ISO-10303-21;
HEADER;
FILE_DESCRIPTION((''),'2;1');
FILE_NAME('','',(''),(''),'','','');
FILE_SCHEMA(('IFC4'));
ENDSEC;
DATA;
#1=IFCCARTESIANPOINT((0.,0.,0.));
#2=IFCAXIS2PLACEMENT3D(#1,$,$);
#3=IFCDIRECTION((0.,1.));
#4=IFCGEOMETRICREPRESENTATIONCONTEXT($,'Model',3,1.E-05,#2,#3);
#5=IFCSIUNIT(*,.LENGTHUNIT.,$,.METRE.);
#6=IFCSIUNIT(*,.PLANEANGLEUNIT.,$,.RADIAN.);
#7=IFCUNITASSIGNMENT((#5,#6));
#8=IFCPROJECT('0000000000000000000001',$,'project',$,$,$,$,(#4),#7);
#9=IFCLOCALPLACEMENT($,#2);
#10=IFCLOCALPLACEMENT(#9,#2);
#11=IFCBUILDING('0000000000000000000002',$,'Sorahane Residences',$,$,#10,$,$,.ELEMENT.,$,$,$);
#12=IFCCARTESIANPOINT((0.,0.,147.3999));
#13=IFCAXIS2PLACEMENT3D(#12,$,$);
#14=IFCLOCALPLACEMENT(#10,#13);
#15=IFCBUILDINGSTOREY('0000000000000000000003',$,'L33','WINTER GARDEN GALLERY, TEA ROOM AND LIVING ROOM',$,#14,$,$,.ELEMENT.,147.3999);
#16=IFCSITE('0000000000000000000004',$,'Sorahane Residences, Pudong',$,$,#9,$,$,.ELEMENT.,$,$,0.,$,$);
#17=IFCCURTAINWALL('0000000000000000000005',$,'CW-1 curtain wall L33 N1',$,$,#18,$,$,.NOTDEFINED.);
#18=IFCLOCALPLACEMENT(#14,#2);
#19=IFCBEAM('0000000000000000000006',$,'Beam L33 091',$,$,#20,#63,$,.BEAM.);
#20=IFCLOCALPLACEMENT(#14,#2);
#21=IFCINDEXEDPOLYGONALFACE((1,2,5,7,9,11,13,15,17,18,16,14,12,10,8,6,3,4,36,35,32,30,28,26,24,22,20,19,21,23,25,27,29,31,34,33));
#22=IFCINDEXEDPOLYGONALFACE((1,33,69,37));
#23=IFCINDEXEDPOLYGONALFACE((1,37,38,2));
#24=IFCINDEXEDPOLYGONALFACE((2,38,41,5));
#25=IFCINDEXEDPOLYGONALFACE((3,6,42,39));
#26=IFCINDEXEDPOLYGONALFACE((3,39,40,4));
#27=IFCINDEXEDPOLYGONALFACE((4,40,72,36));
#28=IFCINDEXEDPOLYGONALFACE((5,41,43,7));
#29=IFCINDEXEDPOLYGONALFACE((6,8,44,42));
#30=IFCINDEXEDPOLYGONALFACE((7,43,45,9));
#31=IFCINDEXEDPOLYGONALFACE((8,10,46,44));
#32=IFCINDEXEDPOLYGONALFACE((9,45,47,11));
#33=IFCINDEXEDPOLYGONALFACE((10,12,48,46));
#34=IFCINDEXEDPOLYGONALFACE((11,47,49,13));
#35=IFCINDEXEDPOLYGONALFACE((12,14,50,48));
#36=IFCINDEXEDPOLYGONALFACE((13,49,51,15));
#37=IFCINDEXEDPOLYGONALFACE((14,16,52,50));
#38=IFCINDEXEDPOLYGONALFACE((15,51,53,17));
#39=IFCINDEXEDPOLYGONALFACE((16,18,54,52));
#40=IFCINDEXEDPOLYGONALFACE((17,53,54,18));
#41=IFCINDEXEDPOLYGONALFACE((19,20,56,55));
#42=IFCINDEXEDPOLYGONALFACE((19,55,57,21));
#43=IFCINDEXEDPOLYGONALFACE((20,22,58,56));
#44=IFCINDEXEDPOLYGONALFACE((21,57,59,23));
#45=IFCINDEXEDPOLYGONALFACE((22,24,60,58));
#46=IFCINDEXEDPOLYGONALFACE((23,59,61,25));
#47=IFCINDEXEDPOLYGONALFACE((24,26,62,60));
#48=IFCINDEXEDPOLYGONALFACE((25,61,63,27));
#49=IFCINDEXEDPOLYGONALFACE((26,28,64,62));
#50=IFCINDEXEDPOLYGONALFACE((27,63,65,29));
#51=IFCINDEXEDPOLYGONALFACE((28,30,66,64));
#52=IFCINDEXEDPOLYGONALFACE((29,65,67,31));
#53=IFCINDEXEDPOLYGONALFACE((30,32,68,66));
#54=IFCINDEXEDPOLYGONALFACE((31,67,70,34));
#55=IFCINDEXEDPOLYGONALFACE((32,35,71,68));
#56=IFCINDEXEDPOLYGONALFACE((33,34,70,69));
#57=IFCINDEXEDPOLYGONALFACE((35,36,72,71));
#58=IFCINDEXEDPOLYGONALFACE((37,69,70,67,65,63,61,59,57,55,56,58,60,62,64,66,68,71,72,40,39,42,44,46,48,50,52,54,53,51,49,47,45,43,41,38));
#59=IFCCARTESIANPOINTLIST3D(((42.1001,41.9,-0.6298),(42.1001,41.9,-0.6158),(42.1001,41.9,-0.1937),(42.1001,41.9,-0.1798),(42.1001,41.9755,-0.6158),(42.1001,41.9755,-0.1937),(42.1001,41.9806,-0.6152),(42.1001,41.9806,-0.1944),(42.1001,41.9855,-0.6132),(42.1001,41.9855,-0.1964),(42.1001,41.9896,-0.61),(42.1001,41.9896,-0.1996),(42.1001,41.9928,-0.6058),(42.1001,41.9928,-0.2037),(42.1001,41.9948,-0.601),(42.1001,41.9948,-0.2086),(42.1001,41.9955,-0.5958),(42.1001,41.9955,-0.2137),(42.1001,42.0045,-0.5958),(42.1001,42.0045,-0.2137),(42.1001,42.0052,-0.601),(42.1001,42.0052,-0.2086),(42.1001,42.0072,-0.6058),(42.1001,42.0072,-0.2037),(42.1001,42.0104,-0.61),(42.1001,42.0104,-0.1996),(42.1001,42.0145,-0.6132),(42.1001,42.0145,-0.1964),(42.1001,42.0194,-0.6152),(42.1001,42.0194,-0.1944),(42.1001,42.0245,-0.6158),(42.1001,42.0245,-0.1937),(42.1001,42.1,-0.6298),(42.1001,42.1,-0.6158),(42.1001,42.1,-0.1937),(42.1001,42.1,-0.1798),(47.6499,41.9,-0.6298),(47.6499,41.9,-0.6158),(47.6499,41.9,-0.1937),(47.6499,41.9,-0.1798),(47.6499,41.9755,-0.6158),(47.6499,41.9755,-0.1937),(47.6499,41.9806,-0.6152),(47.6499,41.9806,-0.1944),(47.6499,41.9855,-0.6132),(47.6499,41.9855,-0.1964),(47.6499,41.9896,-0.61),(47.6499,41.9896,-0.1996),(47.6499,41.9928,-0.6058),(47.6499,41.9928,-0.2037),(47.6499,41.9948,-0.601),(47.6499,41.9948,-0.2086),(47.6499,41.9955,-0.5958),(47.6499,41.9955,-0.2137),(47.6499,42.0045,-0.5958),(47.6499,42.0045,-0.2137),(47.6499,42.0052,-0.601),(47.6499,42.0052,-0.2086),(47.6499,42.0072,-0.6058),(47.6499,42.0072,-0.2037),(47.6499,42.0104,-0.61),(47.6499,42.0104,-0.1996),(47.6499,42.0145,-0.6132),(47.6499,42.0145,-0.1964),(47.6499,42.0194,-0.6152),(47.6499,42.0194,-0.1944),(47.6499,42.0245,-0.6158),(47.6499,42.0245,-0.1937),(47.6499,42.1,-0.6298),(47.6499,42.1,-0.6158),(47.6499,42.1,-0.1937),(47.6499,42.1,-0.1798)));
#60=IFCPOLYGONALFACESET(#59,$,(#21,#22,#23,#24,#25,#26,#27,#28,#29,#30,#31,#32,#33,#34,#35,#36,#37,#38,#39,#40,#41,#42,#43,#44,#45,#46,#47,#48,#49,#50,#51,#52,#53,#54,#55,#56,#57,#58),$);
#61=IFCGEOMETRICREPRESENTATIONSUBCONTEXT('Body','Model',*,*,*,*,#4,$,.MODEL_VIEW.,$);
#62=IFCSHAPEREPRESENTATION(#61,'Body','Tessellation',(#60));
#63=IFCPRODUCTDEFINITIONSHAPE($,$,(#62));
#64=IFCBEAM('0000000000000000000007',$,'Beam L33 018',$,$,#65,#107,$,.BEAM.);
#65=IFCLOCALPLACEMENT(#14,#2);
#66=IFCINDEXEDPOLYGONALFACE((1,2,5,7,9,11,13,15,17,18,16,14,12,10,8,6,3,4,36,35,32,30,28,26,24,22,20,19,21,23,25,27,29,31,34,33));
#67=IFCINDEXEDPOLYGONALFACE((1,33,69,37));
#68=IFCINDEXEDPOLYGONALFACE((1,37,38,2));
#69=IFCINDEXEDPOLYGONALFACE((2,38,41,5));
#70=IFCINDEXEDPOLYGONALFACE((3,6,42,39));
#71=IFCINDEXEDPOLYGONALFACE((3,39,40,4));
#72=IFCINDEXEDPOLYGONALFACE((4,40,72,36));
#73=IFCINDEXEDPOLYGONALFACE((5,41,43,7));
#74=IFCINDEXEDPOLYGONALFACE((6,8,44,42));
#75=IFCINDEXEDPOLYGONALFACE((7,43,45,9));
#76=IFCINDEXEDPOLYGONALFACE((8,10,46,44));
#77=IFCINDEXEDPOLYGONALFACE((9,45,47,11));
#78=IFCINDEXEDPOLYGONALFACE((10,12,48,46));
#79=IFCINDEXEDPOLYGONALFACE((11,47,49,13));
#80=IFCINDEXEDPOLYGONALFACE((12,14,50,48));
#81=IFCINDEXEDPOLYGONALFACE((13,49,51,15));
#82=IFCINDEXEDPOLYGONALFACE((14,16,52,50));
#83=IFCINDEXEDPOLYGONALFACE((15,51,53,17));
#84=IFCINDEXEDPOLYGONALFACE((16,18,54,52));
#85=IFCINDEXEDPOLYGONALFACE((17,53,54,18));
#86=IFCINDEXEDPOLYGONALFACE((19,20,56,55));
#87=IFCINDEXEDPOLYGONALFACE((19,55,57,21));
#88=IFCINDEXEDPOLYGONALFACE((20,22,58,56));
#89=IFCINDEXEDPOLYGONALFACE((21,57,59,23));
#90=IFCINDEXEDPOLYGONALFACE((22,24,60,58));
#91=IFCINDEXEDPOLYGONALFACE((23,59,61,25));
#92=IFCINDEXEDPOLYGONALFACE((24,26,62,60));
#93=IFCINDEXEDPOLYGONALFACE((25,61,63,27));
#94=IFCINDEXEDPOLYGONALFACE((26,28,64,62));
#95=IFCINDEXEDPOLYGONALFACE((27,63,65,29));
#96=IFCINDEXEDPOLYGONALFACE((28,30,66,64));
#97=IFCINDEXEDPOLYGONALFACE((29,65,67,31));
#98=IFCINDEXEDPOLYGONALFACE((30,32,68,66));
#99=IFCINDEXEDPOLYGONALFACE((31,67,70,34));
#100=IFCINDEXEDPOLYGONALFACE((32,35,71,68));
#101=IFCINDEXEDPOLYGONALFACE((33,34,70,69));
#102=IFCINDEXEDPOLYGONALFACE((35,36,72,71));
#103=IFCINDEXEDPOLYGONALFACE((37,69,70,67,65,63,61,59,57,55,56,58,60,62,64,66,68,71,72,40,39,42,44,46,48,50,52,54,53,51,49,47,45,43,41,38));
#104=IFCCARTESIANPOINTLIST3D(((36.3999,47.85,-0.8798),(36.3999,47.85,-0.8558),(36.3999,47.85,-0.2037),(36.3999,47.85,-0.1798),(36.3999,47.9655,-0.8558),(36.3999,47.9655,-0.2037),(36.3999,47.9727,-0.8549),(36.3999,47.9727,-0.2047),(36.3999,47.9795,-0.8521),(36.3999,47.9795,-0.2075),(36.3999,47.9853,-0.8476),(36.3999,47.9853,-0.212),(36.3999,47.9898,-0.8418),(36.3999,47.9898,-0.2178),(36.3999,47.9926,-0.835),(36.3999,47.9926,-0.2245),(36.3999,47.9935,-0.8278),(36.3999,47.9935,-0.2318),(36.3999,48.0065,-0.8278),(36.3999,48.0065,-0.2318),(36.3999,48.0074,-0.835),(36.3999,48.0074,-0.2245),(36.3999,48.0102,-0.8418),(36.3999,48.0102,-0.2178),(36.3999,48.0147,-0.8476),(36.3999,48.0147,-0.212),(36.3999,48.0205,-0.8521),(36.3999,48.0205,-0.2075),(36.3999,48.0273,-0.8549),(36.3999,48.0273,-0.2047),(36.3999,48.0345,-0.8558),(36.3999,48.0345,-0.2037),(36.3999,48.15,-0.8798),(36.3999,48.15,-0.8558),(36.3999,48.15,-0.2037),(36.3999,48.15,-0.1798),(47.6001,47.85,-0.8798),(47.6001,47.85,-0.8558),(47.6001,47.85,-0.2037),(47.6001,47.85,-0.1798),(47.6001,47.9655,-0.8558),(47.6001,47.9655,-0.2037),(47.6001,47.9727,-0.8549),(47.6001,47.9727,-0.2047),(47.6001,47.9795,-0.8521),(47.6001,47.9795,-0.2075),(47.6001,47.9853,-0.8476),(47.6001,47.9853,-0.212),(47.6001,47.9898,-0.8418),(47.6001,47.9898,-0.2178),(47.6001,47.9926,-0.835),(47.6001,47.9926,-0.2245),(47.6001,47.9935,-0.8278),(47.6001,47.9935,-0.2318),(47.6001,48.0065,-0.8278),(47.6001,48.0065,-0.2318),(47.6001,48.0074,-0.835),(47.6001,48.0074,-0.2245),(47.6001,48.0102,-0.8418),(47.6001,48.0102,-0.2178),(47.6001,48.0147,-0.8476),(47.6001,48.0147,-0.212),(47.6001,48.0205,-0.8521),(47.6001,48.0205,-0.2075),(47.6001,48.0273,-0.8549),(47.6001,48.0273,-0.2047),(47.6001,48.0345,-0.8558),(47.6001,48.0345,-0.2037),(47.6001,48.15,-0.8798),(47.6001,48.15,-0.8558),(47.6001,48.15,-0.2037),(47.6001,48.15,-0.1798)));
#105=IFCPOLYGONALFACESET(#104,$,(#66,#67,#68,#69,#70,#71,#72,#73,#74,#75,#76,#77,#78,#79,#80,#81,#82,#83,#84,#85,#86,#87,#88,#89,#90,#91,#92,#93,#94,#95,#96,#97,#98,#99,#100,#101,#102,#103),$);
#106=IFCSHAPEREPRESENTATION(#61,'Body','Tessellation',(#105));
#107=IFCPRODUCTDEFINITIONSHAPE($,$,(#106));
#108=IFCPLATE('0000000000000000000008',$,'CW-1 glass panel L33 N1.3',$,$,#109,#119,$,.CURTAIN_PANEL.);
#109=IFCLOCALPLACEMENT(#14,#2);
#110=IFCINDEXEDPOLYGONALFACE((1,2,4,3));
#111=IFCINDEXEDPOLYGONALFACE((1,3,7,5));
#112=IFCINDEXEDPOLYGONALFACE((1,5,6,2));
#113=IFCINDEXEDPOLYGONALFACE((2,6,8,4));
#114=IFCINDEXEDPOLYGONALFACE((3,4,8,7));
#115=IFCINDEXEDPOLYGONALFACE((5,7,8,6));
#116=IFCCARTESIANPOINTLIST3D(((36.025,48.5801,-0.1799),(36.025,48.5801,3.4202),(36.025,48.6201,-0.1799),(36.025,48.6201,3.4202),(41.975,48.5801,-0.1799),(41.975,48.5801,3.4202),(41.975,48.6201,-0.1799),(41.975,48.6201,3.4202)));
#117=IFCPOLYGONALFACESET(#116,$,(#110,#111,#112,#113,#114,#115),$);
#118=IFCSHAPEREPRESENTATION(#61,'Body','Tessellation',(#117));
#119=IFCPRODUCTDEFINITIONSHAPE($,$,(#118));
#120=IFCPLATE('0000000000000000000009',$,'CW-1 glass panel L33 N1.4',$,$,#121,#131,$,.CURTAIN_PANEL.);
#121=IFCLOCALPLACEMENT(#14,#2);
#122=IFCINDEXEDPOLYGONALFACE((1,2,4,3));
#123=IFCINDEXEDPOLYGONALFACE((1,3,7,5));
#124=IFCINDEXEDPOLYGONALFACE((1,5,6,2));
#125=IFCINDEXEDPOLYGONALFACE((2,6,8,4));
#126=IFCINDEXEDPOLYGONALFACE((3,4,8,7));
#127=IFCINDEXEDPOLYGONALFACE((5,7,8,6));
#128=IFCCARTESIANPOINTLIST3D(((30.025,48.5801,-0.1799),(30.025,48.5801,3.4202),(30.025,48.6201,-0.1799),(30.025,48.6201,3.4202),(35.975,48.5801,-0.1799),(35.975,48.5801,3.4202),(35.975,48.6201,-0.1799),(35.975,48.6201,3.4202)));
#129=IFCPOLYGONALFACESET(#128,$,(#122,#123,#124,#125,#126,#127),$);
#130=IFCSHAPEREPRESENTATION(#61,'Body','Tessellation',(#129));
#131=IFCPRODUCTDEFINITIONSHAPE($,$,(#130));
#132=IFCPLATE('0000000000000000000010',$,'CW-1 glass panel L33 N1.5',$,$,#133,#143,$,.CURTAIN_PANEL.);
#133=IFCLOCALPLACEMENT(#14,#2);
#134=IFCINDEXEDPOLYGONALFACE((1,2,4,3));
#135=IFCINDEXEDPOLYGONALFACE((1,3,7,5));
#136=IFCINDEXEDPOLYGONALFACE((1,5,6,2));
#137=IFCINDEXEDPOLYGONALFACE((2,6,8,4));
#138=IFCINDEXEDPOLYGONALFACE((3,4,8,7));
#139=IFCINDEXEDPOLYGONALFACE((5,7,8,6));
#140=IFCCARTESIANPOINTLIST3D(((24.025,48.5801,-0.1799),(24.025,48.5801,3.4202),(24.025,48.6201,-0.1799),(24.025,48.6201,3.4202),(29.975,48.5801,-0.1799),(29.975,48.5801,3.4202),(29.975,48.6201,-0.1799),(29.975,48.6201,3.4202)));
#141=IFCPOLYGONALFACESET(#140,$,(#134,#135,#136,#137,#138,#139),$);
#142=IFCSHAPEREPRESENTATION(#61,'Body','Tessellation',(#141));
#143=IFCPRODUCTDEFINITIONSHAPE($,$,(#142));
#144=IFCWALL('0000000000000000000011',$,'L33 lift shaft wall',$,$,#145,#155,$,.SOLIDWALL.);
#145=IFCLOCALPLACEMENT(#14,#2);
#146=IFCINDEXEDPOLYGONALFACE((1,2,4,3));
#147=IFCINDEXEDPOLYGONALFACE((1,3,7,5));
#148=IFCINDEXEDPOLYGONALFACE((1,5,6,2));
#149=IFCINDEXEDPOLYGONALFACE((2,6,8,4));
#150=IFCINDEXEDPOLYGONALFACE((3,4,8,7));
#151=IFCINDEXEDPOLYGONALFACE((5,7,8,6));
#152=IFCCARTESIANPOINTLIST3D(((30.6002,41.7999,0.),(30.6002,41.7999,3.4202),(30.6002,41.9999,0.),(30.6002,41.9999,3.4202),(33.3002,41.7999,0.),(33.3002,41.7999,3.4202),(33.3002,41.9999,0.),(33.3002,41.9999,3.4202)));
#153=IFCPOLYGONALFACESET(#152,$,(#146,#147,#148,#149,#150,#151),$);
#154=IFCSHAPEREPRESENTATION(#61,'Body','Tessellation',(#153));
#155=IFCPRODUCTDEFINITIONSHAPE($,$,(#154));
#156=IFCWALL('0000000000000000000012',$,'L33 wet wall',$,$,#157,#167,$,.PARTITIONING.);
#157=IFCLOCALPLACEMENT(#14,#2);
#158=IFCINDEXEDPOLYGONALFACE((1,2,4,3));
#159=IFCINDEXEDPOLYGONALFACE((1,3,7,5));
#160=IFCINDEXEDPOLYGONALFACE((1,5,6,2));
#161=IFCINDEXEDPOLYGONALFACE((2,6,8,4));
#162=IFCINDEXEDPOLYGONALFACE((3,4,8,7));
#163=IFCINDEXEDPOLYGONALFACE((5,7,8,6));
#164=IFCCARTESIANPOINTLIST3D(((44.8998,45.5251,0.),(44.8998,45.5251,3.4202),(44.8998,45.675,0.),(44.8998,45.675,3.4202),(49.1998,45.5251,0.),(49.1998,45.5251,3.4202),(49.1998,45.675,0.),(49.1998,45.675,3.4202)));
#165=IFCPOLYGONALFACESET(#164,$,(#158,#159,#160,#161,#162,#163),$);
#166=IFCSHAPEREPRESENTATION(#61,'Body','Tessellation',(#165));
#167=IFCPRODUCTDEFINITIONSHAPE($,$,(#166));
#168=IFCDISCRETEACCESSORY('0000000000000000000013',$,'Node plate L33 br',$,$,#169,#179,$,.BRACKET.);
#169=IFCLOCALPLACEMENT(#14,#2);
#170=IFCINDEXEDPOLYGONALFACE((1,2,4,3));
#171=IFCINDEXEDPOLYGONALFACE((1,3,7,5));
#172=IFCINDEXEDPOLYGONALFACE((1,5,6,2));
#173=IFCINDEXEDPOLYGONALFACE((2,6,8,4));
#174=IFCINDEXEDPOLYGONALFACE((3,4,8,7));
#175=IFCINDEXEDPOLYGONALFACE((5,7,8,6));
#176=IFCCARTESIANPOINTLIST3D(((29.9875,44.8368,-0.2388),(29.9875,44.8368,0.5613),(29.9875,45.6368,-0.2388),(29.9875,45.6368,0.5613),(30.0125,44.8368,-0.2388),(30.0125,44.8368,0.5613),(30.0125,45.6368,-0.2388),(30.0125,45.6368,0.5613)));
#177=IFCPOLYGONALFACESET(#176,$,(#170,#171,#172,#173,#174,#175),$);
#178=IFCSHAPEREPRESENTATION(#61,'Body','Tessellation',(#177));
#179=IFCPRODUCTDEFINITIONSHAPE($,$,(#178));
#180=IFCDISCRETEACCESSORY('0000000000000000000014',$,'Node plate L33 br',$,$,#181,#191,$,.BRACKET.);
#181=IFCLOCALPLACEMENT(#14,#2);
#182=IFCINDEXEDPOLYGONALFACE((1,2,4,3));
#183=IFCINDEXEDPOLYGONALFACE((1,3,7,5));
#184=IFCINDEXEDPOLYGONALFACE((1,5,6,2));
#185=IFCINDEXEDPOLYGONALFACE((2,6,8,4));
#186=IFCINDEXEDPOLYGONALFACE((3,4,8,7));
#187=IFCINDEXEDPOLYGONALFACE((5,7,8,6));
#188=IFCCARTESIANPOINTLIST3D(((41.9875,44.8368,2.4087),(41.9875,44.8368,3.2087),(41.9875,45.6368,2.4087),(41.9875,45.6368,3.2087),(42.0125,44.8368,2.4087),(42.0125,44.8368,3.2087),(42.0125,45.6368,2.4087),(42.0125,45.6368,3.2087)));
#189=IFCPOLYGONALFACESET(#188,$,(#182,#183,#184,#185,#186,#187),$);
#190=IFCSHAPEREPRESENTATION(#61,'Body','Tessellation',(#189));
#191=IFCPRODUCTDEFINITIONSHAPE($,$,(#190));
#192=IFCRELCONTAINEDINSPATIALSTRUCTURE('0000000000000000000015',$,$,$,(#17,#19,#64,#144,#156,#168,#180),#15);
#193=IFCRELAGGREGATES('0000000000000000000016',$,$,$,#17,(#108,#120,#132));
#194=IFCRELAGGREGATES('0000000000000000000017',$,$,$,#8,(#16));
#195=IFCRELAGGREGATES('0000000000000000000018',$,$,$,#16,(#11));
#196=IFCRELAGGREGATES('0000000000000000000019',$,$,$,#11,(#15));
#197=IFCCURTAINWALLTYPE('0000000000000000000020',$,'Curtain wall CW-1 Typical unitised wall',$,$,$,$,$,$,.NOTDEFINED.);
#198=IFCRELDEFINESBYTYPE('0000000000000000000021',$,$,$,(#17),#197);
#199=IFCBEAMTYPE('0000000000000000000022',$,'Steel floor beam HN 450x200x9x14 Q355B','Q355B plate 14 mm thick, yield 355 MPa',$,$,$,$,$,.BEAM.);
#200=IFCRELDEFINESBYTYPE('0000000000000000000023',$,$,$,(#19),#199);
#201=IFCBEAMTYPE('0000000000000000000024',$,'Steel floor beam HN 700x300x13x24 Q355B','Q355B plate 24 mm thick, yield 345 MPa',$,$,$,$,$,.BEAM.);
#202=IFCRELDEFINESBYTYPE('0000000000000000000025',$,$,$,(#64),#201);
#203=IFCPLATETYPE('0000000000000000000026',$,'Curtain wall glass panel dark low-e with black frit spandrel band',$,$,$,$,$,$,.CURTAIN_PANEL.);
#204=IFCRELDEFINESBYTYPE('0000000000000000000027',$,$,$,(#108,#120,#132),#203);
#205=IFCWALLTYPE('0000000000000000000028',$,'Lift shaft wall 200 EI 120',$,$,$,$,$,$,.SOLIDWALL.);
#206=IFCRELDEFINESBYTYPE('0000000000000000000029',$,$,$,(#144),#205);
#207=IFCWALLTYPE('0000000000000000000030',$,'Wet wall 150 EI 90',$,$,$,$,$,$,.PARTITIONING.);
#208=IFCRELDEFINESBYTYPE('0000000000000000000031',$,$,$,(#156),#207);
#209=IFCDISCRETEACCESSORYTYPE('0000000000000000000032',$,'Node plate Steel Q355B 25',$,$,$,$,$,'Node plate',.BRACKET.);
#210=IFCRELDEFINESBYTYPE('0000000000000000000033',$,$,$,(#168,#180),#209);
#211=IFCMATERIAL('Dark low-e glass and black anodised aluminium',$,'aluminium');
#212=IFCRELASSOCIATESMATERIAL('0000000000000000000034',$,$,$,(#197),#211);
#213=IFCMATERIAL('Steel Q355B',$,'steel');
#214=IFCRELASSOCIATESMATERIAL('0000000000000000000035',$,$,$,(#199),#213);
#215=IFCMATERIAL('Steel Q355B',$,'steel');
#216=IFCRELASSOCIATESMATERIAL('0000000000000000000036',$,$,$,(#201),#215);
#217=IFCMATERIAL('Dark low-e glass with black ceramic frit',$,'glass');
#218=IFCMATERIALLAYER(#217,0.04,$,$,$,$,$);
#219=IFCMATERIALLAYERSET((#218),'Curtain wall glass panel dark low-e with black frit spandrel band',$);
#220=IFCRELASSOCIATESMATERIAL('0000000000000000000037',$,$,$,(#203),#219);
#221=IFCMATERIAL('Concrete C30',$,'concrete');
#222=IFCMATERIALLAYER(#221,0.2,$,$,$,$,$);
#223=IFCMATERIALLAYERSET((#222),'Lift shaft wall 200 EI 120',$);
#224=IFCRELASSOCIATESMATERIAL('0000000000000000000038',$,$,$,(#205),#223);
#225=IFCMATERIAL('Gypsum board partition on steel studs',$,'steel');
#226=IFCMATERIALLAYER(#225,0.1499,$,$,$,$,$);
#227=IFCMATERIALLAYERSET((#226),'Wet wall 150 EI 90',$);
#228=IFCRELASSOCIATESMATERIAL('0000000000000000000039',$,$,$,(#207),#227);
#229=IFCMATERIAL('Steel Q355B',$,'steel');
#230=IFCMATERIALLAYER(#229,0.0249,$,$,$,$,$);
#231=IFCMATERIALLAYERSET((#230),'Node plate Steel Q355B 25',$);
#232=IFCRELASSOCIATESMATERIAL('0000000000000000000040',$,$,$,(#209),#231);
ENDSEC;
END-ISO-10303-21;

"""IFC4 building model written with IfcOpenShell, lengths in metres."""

from ifc_helpers import new_model, si_unit, direction, frame, frame_2d, origin, origin_2d, place, context, subcontext, project, spatial, rectangle, i_section, extrude, material, layer, layer_set, material_profile, profile_set, type_object, element, aggregate, save


model = new_model("IFC4")

# Units and contexts
model_context = context("Model", 3, precision=1e-05, world=origin(), true_north=direction((0.0, 1.0)))
body_context = subcontext(model_context, "Body", "Model", "MODEL_VIEW")
ifc_project = project(units=[si_unit("LENGTHUNIT", "METRE"), si_unit("PLANEANGLEUNIT", "RADIAN")], contexts=[model_context])

# Site, building, storey
site_placement = place(None, origin())
site = spatial("IfcSite", under=ifc_project, at=site_placement, Name="Sorahane Residences, Pudong", CompositionType="ELEMENT", RefElevation=0.0)
building_placement = place(site_placement, origin())
building = spatial("IfcBuilding", under=site, at=building_placement, Name="Sorahane Residences", CompositionType="ELEMENT")
storey_placement = place(building_placement, frame((0.0, 0.0, 147.3999)))
storey = spatial("IfcBuildingStorey", under=building, at=storey_placement, Name="L33", Description="WINTER GARDEN GALLERY, TEA ROOM AND LIVING ROOM", CompositionType="ELEMENT", Elevation=147.3999)

# Curtain wall
ifc_material_1 = material(Name="Dark low-e glass and black anodised aluminium", Category="aluminium")
curtain_wall_type = type_object("IfcCurtainWallType", Name="Curtain wall CW-1 Typical unitised wall", PredefinedType="NOTDEFINED", material=ifc_material_1)
curtain_wall_placement = place(storey_placement, origin())
curtain_wall = element("IfcCurtainWall", 1, at=curtain_wall_placement, inside=storey, type_object=curtain_wall_type, Name="CW-1 curtain wall L33 N1", PredefinedType="NOTDEFINED")

# Beams
ifc_material_2 = material(Name="Steel Q355B", Category="steel")
ifc_material_profile_1 = material_profile(ifc_material_2, i_section(OverallWidth=0.2, OverallDepth=0.45, WebThickness=0.009, FlangeThickness=0.0139, FilletRadius=0.02, at=origin_2d()), Name="HN 450x200x9x14")
ifc_profile_set_1 = profile_set([ifc_material_profile_1], Name="Steel Q355B")
beam_type_1 = type_object("IfcBeamType", Name="Steel floor beam HN 450x200x9x14 Q355B", Description="Q355B plate 14 mm thick, yield 355 MPa", PredefinedType="BEAM", material=ifc_profile_set_1)
beam_1_placement = place(storey_placement, frame((42.1001, 42.0, -0.4048), z_axis=(1.0, 0.0, 0.0), x_axis=(0.0, 1.0, 0.0)))
element("IfcBeam", 2, at=beam_1_placement, inside=storey, type_object=beam_type_1, Name="Beam L33 091", PredefinedType="BEAM", context=body_context, shape_type="SweptSolid", body=[
    extrude(i_section(OverallWidth=0.2, OverallDepth=0.45, WebThickness=0.009, FlangeThickness=0.0139, FilletRadius=0.02, at=origin_2d()), origin(), (0.0, 0.0, 1.0), 5.5498),
])
ifc_material_3 = material(Name="Steel Q355B", Category="steel")
ifc_material_profile_2 = material_profile(ifc_material_3, i_section(OverallWidth=0.3, OverallDepth=0.7, WebThickness=0.0129, FlangeThickness=0.0239, FilletRadius=0.0281, at=origin_2d()), Name="HN 700x300x13x24")
ifc_profile_set_2 = profile_set([ifc_material_profile_2], Name="Steel Q355B")
beam_type_2 = type_object("IfcBeamType", Name="Steel floor beam HN 700x300x13x24 Q355B", Description="Q355B plate 24 mm thick, yield 345 MPa", PredefinedType="BEAM", material=ifc_profile_set_2)
beam_2_placement = place(storey_placement, frame((36.3999, 48.0, -0.5298), z_axis=(1.0, 0.0, 0.0), x_axis=(0.0, 1.0, 0.0)))
element("IfcBeam", 3, at=beam_2_placement, inside=storey, type_object=beam_type_2, Name="Beam L33 018", PredefinedType="BEAM", context=body_context, shape_type="SweptSolid", body=[
    extrude(i_section(OverallWidth=0.3, OverallDepth=0.7, WebThickness=0.0129, FlangeThickness=0.0239, FilletRadius=0.0281, at=origin_2d()), origin(), (0.0, 0.0, 1.0), 11.2002),
])

# Plates
ifc_material_4 = material(Name="Dark low-e glass with black ceramic frit", Category="glass")
ifc_layer_1 = layer(ifc_material_4, 0.04)
ifc_layer_set_1 = layer_set([ifc_layer_1], Name="Curtain wall glass panel dark low-e with black frit spandrel band")
plate_type = type_object("IfcPlateType", Name="Curtain wall glass panel dark low-e with black frit spandrel band", PredefinedType="CURTAIN_PANEL", material=ifc_layer_set_1)
plate_1_placement = place(storey_placement, frame((39.0, 48.6001, -0.1799), z_axis=(0.0, 0.0, 1.0), x_axis=(-1.0, 0.0, 0.0)))
plate_1 = element("IfcPlate", 4, at=plate_1_placement, type_object=plate_type, Name="CW-1 glass panel L33 N1.3", PredefinedType="CURTAIN_PANEL", context=body_context, shape_type="SweptSolid", body=[
    extrude(rectangle(XDim=5.95, YDim=0.04, at=origin_2d()), origin(), (0.0, 0.0, 1.0), 3.6001),
])
plate_2_placement = place(storey_placement, frame((33.0, 48.6001, -0.1799), z_axis=(0.0, 0.0, 1.0), x_axis=(-1.0, 0.0, 0.0)))
plate_2 = element("IfcPlate", 5, at=plate_2_placement, type_object=plate_type, Name="CW-1 glass panel L33 N1.4", PredefinedType="CURTAIN_PANEL", context=body_context, shape_type="SweptSolid", body=[
    extrude(rectangle(XDim=5.95, YDim=0.04, at=origin_2d()), origin(), (0.0, 0.0, 1.0), 3.6001),
])
plate_3_placement = place(storey_placement, frame((27.0, 48.6001, -0.1799), z_axis=(0.0, 0.0, 1.0), x_axis=(-1.0, 0.0, 0.0)))
plate_3 = element("IfcPlate", 6, at=plate_3_placement, type_object=plate_type, Name="CW-1 glass panel L33 N1.5", PredefinedType="CURTAIN_PANEL", context=body_context, shape_type="SweptSolid", body=[
    extrude(rectangle(XDim=5.95, YDim=0.04, at=origin_2d()), origin(), (0.0, 0.0, 1.0), 3.6001),
])
aggregate(curtain_wall, [plate_1, plate_2, plate_3])

# Walls
ifc_material_5 = material(Name="Concrete C30", Category="concrete")
ifc_layer_2 = layer(ifc_material_5, 0.2)
ifc_layer_set_2 = layer_set([ifc_layer_2], Name="Lift shaft wall 200 EI 120")
wall_type_1 = type_object("IfcWallType", Name="Lift shaft wall 200 EI 120", PredefinedType="SOLIDWALL", material=ifc_layer_set_2)
wall_1_placement = place(storey_placement, frame((30.6001, 41.8999, 0.0), z_axis=(0.0, 0.0, 1.0), x_axis=(1.0, 0.0, 0.0)))
element("IfcWall", 7, at=wall_1_placement, inside=storey, type_object=wall_type_1, Name="L33 lift shaft wall", PredefinedType="SOLIDWALL", context=body_context, shape_type="SweptSolid", body=[
    extrude(rectangle(XDim=2.7, YDim=0.2, at=frame_2d((1.3501, 0.0))), origin(), (0.0, 0.0, 1.0), 3.4202),
])
ifc_material_6 = material(Name="Gypsum board partition on steel studs", Category="steel")
ifc_layer_3 = layer(ifc_material_6, 0.1499)
ifc_layer_set_3 = layer_set([ifc_layer_3], Name="Wet wall 150 EI 90")
wall_type_2 = type_object("IfcWallType", Name="Wet wall 150 EI 90", PredefinedType="PARTITIONING", material=ifc_layer_set_3)
wall_2_placement = place(storey_placement, frame((44.8999, 45.6001, 0.0), z_axis=(0.0, 0.0, 1.0), x_axis=(1.0, 0.0, 0.0)))
element("IfcWall", 8, at=wall_2_placement, inside=storey, type_object=wall_type_2, Name="L33 wet wall", PredefinedType="PARTITIONING", context=body_context, shape_type="SweptSolid", body=[
    extrude(rectangle(XDim=4.3, YDim=0.1499, at=frame_2d((2.1499, 0.0))), origin(), (0.0, 0.0, 1.0), 3.4202),
])

# Discrete accessories
ifc_material_7 = material(Name="Steel Q355B", Category="steel")
ifc_layer_4 = layer(ifc_material_7, 0.0249)
ifc_layer_set_4 = layer_set([ifc_layer_4], Name="Node plate Steel Q355B 25")
discrete_accessory_type = type_object("IfcDiscreteAccessoryType", Name="Node plate Steel Q355B 25", ElementType="Node plate", PredefinedType="BRACKET", material=ifc_layer_set_4)
for number, where, z_axis, x_axis, name in (
    (9, (30.0, 45.2368, -0.2388), (0.0, 0.0, 1.0), (0.0, 1.0, 0.0), "Node plate L33 br"),
    (10, (42.0, 45.2368, 2.4087), (0.0, 0.0, 1.0), (0.0, 1.0, 0.0), "Node plate L33 br"),
):
    element("IfcDiscreteAccessory", number, at=place(storey_placement, frame(where, z_axis=z_axis, x_axis=x_axis)), inside=storey, type_object=discrete_accessory_type, Name=name, PredefinedType="BRACKET", context=body_context, shape_type="SweptSolid", body=[
        extrude(rectangle(XDim=0.8, YDim=0.0249, at=origin_2d()), origin(), (0.0, 0.0, 1.0), 0.8),
    ])

save(model, "model.ifc")
